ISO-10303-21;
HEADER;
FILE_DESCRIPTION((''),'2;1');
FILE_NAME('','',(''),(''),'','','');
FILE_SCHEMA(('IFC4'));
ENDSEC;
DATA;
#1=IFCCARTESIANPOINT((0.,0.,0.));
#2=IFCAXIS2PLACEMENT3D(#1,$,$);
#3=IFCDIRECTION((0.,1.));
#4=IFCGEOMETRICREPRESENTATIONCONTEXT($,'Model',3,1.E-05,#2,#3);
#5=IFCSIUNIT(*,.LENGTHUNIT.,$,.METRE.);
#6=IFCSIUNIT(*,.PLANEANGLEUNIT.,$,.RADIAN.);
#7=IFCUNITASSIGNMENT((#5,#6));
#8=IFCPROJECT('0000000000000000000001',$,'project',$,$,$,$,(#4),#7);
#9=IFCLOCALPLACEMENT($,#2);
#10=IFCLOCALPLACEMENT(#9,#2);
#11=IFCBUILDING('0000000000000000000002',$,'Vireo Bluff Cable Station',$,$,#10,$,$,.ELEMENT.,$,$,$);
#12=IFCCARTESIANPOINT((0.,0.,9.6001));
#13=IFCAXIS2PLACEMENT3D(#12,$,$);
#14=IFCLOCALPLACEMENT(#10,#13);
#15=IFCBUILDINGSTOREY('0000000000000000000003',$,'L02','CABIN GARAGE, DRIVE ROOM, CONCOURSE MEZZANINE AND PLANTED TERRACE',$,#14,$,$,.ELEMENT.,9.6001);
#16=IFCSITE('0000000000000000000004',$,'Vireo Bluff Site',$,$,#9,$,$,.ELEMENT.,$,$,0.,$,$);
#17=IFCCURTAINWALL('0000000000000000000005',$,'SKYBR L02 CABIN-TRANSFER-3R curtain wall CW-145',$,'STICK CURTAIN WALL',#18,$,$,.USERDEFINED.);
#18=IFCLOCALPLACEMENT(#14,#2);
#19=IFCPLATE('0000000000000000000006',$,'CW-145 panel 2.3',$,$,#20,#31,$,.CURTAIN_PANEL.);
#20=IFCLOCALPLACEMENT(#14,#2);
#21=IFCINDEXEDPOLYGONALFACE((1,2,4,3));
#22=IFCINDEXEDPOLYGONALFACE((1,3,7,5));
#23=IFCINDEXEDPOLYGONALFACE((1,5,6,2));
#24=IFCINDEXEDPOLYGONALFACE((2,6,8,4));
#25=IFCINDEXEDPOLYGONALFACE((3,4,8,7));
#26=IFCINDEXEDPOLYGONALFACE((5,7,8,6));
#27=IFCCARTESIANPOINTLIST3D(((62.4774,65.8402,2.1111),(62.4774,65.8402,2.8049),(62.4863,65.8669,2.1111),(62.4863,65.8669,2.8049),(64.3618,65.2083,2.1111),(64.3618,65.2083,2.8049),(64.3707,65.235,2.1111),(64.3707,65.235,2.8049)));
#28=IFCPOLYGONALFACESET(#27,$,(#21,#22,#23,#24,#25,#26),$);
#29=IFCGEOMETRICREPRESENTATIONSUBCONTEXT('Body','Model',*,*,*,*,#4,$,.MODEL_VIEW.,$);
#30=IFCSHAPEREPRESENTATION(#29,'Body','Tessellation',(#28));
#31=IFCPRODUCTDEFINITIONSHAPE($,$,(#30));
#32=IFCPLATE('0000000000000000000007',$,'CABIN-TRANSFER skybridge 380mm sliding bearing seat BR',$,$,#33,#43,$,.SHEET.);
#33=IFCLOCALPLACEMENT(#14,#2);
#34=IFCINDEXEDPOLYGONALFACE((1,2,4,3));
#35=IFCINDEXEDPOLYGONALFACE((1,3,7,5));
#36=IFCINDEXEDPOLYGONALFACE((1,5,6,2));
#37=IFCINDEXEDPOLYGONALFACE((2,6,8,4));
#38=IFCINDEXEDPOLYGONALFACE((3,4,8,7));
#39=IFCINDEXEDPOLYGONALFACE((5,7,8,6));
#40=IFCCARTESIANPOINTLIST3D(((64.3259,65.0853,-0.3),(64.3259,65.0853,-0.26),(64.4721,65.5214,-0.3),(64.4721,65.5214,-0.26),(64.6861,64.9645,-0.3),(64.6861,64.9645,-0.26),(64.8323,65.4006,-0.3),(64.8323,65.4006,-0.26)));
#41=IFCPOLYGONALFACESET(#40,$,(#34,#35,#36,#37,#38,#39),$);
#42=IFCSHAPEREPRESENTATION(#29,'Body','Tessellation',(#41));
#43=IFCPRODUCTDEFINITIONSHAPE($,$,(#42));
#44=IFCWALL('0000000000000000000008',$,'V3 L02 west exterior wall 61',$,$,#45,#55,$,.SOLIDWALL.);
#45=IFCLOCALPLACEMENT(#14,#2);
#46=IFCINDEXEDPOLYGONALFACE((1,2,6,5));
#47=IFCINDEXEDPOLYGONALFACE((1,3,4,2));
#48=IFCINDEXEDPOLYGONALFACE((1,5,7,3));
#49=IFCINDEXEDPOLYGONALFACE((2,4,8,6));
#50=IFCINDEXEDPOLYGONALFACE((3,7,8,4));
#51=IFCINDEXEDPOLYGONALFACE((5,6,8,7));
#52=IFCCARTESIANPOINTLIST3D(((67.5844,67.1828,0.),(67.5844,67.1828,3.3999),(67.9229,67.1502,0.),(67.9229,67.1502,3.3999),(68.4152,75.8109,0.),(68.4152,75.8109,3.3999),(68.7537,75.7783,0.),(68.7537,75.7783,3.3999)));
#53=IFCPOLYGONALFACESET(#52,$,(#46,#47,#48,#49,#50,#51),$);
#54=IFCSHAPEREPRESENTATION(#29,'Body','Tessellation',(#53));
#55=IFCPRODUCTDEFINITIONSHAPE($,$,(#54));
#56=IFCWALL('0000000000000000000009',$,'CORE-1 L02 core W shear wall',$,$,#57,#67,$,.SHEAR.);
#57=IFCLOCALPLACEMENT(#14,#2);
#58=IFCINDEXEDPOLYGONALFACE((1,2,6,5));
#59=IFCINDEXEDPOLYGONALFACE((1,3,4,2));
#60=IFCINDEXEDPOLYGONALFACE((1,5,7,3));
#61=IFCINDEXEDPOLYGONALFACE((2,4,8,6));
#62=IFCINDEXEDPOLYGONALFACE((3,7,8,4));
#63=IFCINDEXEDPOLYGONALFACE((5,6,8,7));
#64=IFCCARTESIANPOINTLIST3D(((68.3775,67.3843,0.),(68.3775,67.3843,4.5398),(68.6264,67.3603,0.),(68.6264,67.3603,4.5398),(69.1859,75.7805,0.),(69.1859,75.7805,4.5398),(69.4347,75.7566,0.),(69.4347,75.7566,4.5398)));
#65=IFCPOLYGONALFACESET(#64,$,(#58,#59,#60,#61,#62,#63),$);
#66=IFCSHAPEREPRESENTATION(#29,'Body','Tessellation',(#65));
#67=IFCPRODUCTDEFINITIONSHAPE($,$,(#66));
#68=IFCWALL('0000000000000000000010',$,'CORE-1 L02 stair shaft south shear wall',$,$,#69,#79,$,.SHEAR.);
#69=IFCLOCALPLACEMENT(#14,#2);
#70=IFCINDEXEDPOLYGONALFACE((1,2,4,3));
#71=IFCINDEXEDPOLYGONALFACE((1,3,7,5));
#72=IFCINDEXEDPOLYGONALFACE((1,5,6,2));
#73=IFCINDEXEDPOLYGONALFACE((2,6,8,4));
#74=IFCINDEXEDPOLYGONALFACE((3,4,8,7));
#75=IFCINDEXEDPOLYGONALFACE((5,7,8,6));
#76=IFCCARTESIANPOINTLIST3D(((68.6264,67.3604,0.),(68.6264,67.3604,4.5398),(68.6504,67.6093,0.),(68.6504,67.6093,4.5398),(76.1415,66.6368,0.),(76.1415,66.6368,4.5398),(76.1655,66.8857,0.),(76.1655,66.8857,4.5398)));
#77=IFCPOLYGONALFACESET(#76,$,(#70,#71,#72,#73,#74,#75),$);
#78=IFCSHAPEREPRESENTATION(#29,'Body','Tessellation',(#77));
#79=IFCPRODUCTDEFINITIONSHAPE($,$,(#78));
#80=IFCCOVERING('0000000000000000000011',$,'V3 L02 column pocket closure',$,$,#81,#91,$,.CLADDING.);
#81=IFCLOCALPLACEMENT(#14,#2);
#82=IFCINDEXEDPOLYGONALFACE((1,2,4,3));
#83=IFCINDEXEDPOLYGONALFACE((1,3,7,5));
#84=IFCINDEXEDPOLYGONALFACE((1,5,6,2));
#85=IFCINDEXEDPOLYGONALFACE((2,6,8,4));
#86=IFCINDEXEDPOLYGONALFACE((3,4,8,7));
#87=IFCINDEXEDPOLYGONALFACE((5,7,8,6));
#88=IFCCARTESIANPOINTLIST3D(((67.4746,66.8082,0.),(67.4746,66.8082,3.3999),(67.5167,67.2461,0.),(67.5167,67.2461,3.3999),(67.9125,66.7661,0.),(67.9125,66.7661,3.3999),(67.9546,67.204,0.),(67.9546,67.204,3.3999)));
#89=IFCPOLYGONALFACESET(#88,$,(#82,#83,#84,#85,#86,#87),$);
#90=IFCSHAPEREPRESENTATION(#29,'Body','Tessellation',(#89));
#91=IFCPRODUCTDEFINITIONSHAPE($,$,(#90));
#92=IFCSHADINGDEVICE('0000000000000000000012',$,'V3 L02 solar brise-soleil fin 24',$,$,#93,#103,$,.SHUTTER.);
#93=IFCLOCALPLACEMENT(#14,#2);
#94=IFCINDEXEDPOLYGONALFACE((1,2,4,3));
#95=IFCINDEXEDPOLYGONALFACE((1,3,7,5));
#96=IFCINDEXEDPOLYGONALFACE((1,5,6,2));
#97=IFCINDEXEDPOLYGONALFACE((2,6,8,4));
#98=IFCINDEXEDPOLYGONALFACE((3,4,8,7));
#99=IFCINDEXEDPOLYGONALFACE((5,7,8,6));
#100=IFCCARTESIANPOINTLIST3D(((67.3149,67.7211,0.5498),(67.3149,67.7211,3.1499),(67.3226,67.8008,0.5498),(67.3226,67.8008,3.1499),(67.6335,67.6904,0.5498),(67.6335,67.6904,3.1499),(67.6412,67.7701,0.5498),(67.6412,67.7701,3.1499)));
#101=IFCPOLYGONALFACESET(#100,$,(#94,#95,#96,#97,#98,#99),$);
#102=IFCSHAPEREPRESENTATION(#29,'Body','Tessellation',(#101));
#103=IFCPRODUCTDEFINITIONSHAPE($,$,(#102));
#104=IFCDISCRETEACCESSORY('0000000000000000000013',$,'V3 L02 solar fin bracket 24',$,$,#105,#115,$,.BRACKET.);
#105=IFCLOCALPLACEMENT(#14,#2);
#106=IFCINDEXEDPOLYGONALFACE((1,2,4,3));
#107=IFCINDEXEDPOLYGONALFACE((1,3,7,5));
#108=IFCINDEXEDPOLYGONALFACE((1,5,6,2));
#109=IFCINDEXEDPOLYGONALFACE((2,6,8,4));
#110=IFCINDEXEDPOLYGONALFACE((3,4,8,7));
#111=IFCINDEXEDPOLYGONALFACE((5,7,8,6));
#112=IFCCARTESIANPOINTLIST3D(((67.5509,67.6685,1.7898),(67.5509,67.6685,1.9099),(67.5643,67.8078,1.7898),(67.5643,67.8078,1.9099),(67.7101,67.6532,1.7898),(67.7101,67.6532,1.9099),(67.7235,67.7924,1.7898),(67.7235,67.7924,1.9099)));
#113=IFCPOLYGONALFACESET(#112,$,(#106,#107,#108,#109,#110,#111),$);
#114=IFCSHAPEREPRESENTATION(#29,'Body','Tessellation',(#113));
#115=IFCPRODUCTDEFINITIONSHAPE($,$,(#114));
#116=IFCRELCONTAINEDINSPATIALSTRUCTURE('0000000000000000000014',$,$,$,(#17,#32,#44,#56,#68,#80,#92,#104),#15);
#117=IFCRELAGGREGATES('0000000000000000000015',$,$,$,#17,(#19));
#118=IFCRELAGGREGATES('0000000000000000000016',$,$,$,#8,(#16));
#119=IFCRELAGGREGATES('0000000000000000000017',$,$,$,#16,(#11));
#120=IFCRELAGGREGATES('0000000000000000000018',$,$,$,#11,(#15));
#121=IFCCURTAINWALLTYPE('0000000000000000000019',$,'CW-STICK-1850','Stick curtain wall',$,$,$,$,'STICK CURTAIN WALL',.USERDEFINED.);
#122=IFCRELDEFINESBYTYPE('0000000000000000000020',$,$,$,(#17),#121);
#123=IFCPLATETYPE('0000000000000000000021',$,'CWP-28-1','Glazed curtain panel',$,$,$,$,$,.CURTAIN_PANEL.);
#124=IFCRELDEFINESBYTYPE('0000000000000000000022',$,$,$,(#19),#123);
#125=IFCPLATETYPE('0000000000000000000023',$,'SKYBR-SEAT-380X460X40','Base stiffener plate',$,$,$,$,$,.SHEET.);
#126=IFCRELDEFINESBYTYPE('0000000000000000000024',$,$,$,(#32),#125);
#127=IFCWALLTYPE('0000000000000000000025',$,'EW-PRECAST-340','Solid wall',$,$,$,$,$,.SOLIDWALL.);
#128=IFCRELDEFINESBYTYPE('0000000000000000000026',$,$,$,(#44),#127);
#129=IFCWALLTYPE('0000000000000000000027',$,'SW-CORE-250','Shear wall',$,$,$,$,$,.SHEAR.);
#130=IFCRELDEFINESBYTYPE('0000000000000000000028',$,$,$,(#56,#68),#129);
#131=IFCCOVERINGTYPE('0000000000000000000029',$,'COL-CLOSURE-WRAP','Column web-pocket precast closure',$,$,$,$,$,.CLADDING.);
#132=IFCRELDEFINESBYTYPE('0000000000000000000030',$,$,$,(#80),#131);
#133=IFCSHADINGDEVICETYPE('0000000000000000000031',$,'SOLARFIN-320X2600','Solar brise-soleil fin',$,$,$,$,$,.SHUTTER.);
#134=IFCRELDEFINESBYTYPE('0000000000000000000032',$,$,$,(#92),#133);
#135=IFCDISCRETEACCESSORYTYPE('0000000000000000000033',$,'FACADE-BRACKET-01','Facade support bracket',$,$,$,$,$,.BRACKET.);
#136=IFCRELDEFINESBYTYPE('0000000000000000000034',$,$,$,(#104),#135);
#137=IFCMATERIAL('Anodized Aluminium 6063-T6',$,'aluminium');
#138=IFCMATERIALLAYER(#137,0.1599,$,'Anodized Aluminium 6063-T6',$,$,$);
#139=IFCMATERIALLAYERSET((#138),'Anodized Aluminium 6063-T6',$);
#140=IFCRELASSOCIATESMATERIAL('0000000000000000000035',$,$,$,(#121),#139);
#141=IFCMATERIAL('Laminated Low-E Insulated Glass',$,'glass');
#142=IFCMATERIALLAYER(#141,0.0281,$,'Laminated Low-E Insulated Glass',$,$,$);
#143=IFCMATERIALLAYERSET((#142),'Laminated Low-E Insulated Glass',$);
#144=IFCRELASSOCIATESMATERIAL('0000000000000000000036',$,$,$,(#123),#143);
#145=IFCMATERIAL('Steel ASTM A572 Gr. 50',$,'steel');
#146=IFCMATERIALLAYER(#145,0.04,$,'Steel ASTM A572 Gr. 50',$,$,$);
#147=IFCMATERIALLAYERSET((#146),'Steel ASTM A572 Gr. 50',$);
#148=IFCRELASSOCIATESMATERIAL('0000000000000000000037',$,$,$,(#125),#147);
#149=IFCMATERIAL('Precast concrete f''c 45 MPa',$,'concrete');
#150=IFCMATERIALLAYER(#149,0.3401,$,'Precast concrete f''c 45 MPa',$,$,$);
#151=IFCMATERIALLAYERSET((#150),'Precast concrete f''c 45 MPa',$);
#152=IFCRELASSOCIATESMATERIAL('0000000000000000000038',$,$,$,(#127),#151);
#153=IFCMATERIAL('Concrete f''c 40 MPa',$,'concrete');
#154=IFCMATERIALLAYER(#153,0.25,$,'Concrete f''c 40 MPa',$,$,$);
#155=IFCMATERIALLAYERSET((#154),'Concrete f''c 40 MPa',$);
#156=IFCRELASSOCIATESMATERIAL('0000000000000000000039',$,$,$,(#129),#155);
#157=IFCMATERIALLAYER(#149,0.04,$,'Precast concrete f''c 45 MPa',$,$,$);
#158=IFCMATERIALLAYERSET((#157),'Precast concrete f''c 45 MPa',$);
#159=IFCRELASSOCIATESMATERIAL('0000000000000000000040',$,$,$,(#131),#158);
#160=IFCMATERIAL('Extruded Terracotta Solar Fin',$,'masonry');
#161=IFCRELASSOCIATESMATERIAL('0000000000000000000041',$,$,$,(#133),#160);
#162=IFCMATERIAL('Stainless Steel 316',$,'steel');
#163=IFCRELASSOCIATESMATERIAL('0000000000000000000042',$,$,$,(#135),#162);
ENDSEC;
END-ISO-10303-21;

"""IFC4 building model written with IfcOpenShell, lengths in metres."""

from ifc_helpers import new_model, si_unit, direction, frame, frame_2d, origin, origin_2d, place, context, subcontext, project, spatial, rectangle, extrude, material, layer, layer_set, type_object, element, aggregate, save


model = new_model("IFC4")

# Units and contexts
model_context = context("Model", 3, precision=1e-05, world=origin(), true_north=direction((0.0, 1.0)))
body_context = subcontext(model_context, "Body", "Model", "MODEL_VIEW")
ifc_project = project(units=[si_unit("LENGTHUNIT", "METRE"), si_unit("PLANEANGLEUNIT", "RADIAN")], contexts=[model_context])

# Site, building, storey
site_placement = place(None, origin())
site = spatial("IfcSite", under=ifc_project, at=site_placement, Name="Vireo Bluff Site", CompositionType="ELEMENT", RefElevation=0.0)
building_placement = place(site_placement, origin())
building = spatial("IfcBuilding", under=site, at=building_placement, Name="Vireo Bluff Cable Station", CompositionType="ELEMENT")
storey_placement = place(building_placement, frame((0.0, 0.0, 9.6001)))
storey = spatial("IfcBuildingStorey", under=building, at=storey_placement, Name="L02", Description="CABIN GARAGE, DRIVE ROOM, CONCOURSE MEZZANINE AND PLANTED TERRACE", CompositionType="ELEMENT", Elevation=9.6001)

# Curtain wall
ifc_material_1 = material(Name="Anodized Aluminium 6063-T6", Category="aluminium")
ifc_layer_1 = layer(ifc_material_1, 0.1599, Name="Anodized Aluminium 6063-T6")
ifc_layer_set_1 = layer_set([ifc_layer_1], Name="Anodized Aluminium 6063-T6")
curtain_wall_type = type_object("IfcCurtainWallType", Name="CW-STICK-1850", Description="Stick curtain wall", ElementType="STICK CURTAIN WALL", PredefinedType="USERDEFINED", material=ifc_layer_set_1)
curtain_wall_placement = place(storey_placement, origin())
curtain_wall = element("IfcCurtainWall", 1, at=curtain_wall_placement, inside=storey, type_object=curtain_wall_type, Name="SKYBR L02 CABIN-TRANSFER-3R curtain wall CW-145", ObjectType="STICK CURTAIN WALL", PredefinedType="USERDEFINED")

# Plates
ifc_material_2 = material(Name="Laminated Low-E Insulated Glass", Category="glass")
ifc_layer_2 = layer(ifc_material_2, 0.0281, Name="Laminated Low-E Insulated Glass")
ifc_layer_set_2 = layer_set([ifc_layer_2], Name="Laminated Low-E Insulated Glass")
plate_type_1 = type_object("IfcPlateType", Name="CWP-28-1", Description="Glazed curtain panel", PredefinedType="CURTAIN_PANEL", material=ifc_layer_set_2)
plate_1_placement = place(storey_placement, frame((63.4241, 65.5376, 2.1111), z_axis=(0.0, 0.0, 1.0), x_axis=(0.948113, -0.317934, 0.0)))
plate_1 = element("IfcPlate", 2, at=plate_1_placement, type_object=plate_type_1, Name="CW-145 panel 2.3", PredefinedType="CURTAIN_PANEL", context=body_context, shape_type="SweptSolid", body=[
    extrude(rectangle(XDim=1.9875, YDim=0.0281, at=origin_2d()), origin(), (0.0, 0.0, 1.0), 0.6938),
])
aggregate(curtain_wall, [plate_1])
ifc_material_3 = material(Name="Steel ASTM A572 Gr. 50", Category="steel")
ifc_layer_3 = layer(ifc_material_3, 0.04, Name="Steel ASTM A572 Gr. 50")
ifc_layer_set_3 = layer_set([ifc_layer_3], Name="Steel ASTM A572 Gr. 50")
plate_type_2 = type_object("IfcPlateType", Name="SKYBR-SEAT-380X460X40", Description="Base stiffener plate", PredefinedType="SHEET", material=ifc_layer_set_3)
plate_2_placement = place(storey_placement, frame((64.5791, 65.2429, -0.3), z_axis=(0.0, 0.0, 1.0), x_axis=(0.948105, -0.317958, 0.0)))
element("IfcPlate", 3, at=plate_2_placement, inside=storey, type_object=plate_type_2, Name="CABIN-TRANSFER skybridge 380mm sliding bearing seat BR", PredefinedType="SHEET", context=body_context, shape_type="SweptSolid", body=[
    extrude(rectangle(XDim=0.3799, YDim=0.46, at=origin_2d()), origin(), (0.0, 0.0, 1.0), 0.04),
])

# Walls
ifc_material_4 = material(Name="Precast concrete f'c 45 MPa", Category="concrete")
ifc_layer_4 = layer(ifc_material_4, 0.3401, Name="Precast concrete f'c 45 MPa")
ifc_layer_set_4 = layer_set([ifc_layer_4], Name="Precast concrete f'c 45 MPa")
wall_type_1 = type_object("IfcWallType", Name="EW-PRECAST-340", Description="Solid wall", PredefinedType="SOLIDWALL", material=ifc_layer_set_4)
wall_1_placement = place(storey_placement, frame((67.7537, 67.1665, 0.0), z_axis=(0.0, 0.0, 1.0), x_axis=(0.095847, 0.995396, 0.0)))
element("IfcWall", 4, at=wall_1_placement, inside=storey, type_object=wall_type_1, Name="V3 L02 west exterior wall 61", PredefinedType="SOLIDWALL", context=body_context, shape_type="SweptSolid", body=[
    extrude(rectangle(XDim=8.668, YDim=0.3401, at=frame_2d((4.334, 0.0))), origin(), (0.0, 0.0, 1.0), 3.3999),
])
ifc_material_5 = material(Name="Concrete f'c 40 MPa", Category="concrete")
ifc_layer_5 = layer(ifc_material_5, 0.25, Name="Concrete f'c 40 MPa")
ifc_layer_set_5 = layer_set([ifc_layer_5], Name="Concrete f'c 40 MPa")
wall_type_2 = type_object("IfcWallType", Name="SW-CORE-250", Description="Shear wall", PredefinedType="SHEAR", material=ifc_layer_set_5)
wall_2_placement = place(storey_placement, frame((68.502, 67.3723, 0.0), z_axis=(0.0, 0.0, 1.0), x_axis=(0.095832, 0.995398, 0.0)))
element("IfcWall", 5, at=wall_2_placement, inside=storey, type_object=wall_type_2, Name="CORE-1 L02 core W shear wall", PredefinedType="SHEAR", context=body_context, shape_type="SweptSolid", body=[
    extrude(rectangle(XDim=8.4351, YDim=0.25, at=frame_2d((4.2175, 0.0))), origin(), (0.0, 0.0, 1.0), 4.5398),
])
wall_3_placement = place(storey_placement, frame((68.6384, 67.4849, 0.0), z_axis=(0.0, 0.0, 1.0), x_axis=(0.995396, -0.095847, 0.0)))
element("IfcWall", 6, at=wall_3_placement, inside=storey, type_object=wall_type_2, Name="CORE-1 L02 stair shaft south shear wall", PredefinedType="SHEAR", context=body_context, shape_type="SweptSolid", body=[
    extrude(rectangle(XDim=7.5498, YDim=0.25, at=frame_2d((3.7749, 0.0))), origin(), (0.0, 0.0, 1.0), 4.5398),
])

# Covering
ifc_layer_6 = layer(ifc_material_4, 0.04, Name="Precast concrete f'c 45 MPa")
ifc_layer_set_6 = layer_set([ifc_layer_6], Name="Precast concrete f'c 45 MPa")
covering_type = type_object("IfcCoveringType", Name="COL-CLOSURE-WRAP", Description="Column web-pocket precast closure", PredefinedType="CLADDING", material=ifc_layer_set_6)
covering_placement = place(storey_placement, frame((67.7146, 67.0061, 0.0), z_axis=(0.0, 0.0, 1.0), x_axis=(0.995396, -0.095846, 0.0)))
element("IfcCovering", 7, at=covering_placement, inside=storey, type_object=covering_type, Name="V3 L02 column pocket closure", PredefinedType="CLADDING", context=body_context, shape_type="SweptSolid", body=[
    extrude(rectangle(XDim=0.4399, YDim=0.4399, at=origin_2d()), origin(), (0.0, 0.0, 1.0), 3.3999),
])

# Shared definitions
ifc_material_6 = material(Name="Stainless Steel 316", Category="steel")

# Shading device
ifc_material_7 = material(Name="Extruded Terracotta Solar Fin", Category="masonry")
shading_device_type = type_object("IfcShadingDeviceType", Name="SOLARFIN-320X2600", Description="Solar brise-soleil fin", PredefinedType="SHUTTER", material=ifc_material_7)
shading_device_placement = place(storey_placement, frame((67.478, 67.7456, 0.5498), z_axis=(0.0, 0.0, 1.0), x_axis=(0.095846, 0.995396, 0.0)))
element("IfcShadingDevice", 8, at=shading_device_placement, inside=storey, type_object=shading_device_type, Name="V3 L02 solar brise-soleil fin 24", PredefinedType="SHUTTER", context=body_context, shape_type="SweptSolid", body=[
    extrude(rectangle(XDim=0.0801, YDim=0.3201, at=origin_2d()), origin(), (0.0, 0.0, 1.0), 2.6001),
])

# Discrete accessory
discrete_accessory_type = type_object("IfcDiscreteAccessoryType", Name="FACADE-BRACKET-01", Description="Facade support bracket", PredefinedType="BRACKET", material=ifc_material_6)
discrete_accessory_placement = place(storey_placement, frame((67.6372, 67.7305, 1.7898), z_axis=(0.0, 0.0, 1.0), x_axis=(0.095846, 0.995396, 0.0)))
element("IfcDiscreteAccessory", 9, at=discrete_accessory_placement, inside=storey, type_object=discrete_accessory_type, Name="V3 L02 solar fin bracket 24", PredefinedType="BRACKET", context=body_context, shape_type="SweptSolid", body=[
    extrude(rectangle(XDim=0.1399, YDim=0.1599, at=origin_2d()), origin(), (0.0, 0.0, 1.0), 0.1201),
])

save(model, "model.ifc")
